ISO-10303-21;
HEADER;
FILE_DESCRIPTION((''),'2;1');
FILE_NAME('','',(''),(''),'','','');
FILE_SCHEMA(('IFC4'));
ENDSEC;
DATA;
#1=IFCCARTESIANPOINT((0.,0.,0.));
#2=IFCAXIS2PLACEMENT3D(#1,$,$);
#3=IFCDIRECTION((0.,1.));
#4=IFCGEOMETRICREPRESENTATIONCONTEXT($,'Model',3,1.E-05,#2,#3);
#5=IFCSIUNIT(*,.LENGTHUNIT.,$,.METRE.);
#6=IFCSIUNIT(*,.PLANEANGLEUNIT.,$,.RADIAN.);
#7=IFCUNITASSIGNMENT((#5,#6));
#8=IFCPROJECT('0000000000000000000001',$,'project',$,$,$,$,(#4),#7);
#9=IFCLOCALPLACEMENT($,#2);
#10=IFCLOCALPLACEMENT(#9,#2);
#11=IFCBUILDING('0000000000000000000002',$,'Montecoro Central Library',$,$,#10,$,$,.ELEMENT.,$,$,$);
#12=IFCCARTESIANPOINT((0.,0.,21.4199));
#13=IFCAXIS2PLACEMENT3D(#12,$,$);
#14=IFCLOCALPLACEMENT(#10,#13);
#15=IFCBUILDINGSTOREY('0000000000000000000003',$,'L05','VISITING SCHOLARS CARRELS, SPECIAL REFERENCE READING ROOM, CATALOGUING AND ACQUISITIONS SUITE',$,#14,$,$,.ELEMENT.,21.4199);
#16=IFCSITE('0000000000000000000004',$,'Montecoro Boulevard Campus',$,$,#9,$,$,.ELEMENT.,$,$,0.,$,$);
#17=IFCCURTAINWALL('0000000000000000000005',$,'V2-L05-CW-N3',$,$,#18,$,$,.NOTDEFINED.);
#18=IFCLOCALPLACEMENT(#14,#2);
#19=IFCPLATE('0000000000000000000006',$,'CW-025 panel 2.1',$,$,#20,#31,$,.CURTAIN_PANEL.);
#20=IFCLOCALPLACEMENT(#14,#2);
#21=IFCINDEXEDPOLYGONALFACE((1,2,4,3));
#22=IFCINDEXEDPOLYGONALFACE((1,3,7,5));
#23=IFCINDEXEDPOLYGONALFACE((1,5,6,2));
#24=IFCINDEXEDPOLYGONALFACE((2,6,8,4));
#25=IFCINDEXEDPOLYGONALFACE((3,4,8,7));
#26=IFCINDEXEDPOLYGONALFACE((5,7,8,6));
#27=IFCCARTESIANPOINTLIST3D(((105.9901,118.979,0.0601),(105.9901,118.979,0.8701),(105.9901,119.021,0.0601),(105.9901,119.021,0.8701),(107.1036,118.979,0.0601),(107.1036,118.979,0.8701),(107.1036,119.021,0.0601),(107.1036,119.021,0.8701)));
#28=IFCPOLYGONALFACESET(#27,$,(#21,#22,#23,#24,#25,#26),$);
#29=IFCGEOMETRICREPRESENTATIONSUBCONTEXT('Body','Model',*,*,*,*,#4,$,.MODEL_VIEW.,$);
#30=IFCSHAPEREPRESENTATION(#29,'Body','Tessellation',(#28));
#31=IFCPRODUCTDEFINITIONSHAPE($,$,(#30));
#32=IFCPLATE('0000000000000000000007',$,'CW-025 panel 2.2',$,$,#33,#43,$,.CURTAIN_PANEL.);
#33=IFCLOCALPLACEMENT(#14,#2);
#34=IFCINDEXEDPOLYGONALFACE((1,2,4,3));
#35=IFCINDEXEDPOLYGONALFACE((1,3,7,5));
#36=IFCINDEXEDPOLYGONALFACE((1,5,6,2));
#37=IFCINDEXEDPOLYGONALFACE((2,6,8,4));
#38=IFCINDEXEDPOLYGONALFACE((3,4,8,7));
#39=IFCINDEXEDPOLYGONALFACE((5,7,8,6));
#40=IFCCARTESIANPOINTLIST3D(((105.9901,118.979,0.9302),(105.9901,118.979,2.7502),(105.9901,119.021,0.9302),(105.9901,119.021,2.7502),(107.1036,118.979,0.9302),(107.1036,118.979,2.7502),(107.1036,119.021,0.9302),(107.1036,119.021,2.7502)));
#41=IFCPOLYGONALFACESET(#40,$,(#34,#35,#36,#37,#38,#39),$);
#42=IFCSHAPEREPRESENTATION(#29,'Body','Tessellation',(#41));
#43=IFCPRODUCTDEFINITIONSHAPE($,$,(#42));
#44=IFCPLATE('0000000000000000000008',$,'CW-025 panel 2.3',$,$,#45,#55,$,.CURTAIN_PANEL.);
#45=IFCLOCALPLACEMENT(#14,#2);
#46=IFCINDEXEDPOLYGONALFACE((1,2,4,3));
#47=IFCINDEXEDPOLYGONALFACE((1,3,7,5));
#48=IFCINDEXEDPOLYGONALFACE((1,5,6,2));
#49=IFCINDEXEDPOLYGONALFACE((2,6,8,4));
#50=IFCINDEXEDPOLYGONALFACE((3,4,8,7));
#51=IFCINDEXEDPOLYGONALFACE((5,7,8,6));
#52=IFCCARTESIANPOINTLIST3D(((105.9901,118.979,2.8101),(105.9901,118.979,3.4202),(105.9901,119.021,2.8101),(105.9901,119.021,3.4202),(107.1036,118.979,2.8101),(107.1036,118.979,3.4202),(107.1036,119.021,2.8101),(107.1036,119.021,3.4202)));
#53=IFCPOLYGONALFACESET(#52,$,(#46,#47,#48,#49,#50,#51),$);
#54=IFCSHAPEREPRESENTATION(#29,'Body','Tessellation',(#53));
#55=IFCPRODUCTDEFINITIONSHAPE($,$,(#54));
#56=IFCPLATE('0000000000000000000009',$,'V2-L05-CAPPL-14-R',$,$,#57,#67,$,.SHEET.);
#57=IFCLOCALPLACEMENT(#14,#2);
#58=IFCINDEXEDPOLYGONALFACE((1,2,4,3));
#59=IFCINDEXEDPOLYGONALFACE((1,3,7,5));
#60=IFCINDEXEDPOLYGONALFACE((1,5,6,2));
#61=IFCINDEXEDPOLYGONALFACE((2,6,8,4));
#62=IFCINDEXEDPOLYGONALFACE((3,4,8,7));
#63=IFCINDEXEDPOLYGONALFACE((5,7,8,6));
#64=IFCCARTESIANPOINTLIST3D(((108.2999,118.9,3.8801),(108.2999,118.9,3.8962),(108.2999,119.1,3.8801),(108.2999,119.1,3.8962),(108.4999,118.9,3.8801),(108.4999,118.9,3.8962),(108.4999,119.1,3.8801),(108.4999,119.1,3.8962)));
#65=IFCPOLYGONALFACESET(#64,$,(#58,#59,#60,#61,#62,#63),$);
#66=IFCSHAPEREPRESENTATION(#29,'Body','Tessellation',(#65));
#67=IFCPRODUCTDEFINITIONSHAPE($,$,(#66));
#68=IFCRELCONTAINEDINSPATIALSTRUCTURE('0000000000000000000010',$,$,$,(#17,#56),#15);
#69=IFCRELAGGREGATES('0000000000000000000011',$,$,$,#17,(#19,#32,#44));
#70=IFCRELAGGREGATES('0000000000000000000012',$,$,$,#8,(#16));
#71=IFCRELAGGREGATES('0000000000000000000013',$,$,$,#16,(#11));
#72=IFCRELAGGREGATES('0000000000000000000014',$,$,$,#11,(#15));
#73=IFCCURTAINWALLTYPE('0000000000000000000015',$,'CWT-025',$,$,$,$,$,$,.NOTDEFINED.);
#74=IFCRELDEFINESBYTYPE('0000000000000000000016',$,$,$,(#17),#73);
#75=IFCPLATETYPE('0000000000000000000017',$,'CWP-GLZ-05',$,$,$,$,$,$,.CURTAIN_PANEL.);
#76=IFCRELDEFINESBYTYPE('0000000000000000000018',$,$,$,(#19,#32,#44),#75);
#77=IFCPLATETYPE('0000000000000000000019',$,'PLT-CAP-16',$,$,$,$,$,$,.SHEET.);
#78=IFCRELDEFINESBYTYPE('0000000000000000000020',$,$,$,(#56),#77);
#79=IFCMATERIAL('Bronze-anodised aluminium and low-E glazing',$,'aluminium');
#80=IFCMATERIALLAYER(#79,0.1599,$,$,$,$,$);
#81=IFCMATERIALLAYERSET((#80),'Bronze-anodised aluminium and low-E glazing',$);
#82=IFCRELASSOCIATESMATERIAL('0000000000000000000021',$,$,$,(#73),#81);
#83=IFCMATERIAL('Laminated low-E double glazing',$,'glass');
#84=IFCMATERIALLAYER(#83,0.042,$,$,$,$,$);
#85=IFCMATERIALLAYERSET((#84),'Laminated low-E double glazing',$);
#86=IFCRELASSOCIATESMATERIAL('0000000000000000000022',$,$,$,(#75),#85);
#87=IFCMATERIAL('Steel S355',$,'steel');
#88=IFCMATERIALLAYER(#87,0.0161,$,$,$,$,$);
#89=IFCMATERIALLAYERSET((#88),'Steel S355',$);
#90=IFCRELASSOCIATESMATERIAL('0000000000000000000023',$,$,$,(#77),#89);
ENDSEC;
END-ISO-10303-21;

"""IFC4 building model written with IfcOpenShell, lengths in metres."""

from ifc_helpers import new_model, si_unit, direction, frame, origin, origin_2d, place, context, subcontext, project, spatial, rectangle, extrude, material, layer, layer_set, type_object, element, aggregate, save


model = new_model("IFC4")

# Units and contexts
model_context = context("Model", 3, precision=1e-05, world=origin(), true_north=direction((0.0, 1.0)))
body_context = subcontext(model_context, "Body", "Model", "MODEL_VIEW")
ifc_project = project(units=[si_unit("LENGTHUNIT", "METRE"), si_unit("PLANEANGLEUNIT", "RADIAN")], contexts=[model_context])

# Site, building, storey
site_placement = place(None, origin())
site = spatial("IfcSite", under=ifc_project, at=site_placement, Name="Montecoro Boulevard Campus", CompositionType="ELEMENT", RefElevation=0.0)
building_placement = place(site_placement, origin())
building = spatial("IfcBuilding", under=site, at=building_placement, Name="Montecoro Central Library", CompositionType="ELEMENT")
storey_placement = place(building_placement, frame((0.0, 0.0, 21.4199)))
storey = spatial("IfcBuildingStorey", under=building, at=storey_placement, Name="L05", Description="VISITING SCHOLARS CARRELS, SPECIAL REFERENCE READING ROOM, CATALOGUING AND ACQUISITIONS SUITE", CompositionType="ELEMENT", Elevation=21.4199)

# Shared definitions
ifc_material_1 = material(Name="Steel S355", Category="steel")

# Shared definitions
ifc_material_2 = material(Name="Bronze-anodised aluminium and low-E glazing", Category="aluminium")

# Curtain wall
ifc_layer_1 = layer(ifc_material_2, 0.1599)
ifc_layer_set_1 = layer_set([ifc_layer_1], Name="Bronze-anodised aluminium and low-E glazing")
curtain_wall_type_1 = type_object("IfcCurtainWallType", Name="CWT-025", PredefinedType="NOTDEFINED", material=ifc_layer_set_1)
curtain_wall_1_placement = place(storey_placement, origin())
curtain_wall_1 = element("IfcCurtainWall", 1, at=curtain_wall_1_placement, inside=storey, type_object=curtain_wall_type_1, Name="V2-L05-CW-N3", PredefinedType="NOTDEFINED")

# Plates
ifc_material_3 = material(Name="Laminated low-E double glazing", Category="glass")
ifc_layer_2 = layer(ifc_material_3, 0.042)
ifc_layer_set_2 = layer_set([ifc_layer_2], Name="Laminated low-E double glazing")
plate_type_1 = type_object("IfcPlateType", Name="CWP-GLZ-05", PredefinedType="CURTAIN_PANEL", material=ifc_layer_set_2)
plate_1_placement = place(storey_placement, frame((106.5469, 119.0, 0.0601), z_axis=(0.0, 0.0, 1.0), x_axis=(-1.0, 0.0, 0.0)))
plate_1 = element("IfcPlate", 2, at=plate_1_placement, type_object=plate_type_1, Name="CW-025 panel 2.1", PredefinedType="CURTAIN_PANEL", context=body_context, shape_type="SweptSolid", body=[
    extrude(rectangle(XDim=1.1135, YDim=0.042, at=origin_2d()), origin(), (0.0, 0.0, 1.0), 0.8101),
])
plate_2_placement = place(storey_placement, frame((106.5469, 119.0, 0.9302), z_axis=(0.0, 0.0, 1.0), x_axis=(-1.0, 0.0, 0.0)))
plate_2 = element("IfcPlate", 3, at=plate_2_placement, type_object=plate_type_1, Name="CW-025 panel 2.2", PredefinedType="CURTAIN_PANEL", context=body_context, shape_type="SweptSolid", body=[
    extrude(rectangle(XDim=1.1135, YDim=0.042, at=origin_2d()), origin(), (0.0, 0.0, 1.0), 1.8201),
])
plate_3_placement = place(storey_placement, frame((106.5469, 119.0, 2.8101), z_axis=(0.0, 0.0, 1.0), x_axis=(-1.0, 0.0, 0.0)))
plate_3 = element("IfcPlate", 4, at=plate_3_placement, type_object=plate_type_1, Name="CW-025 panel 2.3", PredefinedType="CURTAIN_PANEL", context=body_context, shape_type="SweptSolid", body=[
    extrude(rectangle(XDim=1.1135, YDim=0.042, at=origin_2d()), origin(), (0.0, 0.0, 1.0), 0.6101),
])
aggregate(curtain_wall_1, [plate_1, plate_2, plate_3])
ifc_layer_3 = layer(ifc_material_1, 0.0161)
ifc_layer_set_3 = layer_set([ifc_layer_3], Name="Steel S355")
plate_type_2 = type_object("IfcPlateType", Name="PLT-CAP-16", PredefinedType="SHEET", material=ifc_layer_set_3)
plate_4_placement = place(storey_placement, frame((108.3999, 119.0, 3.8801), z_axis=(0.0, 0.0, 1.0), x_axis=(1.0, 0.0, 0.0)))
element("IfcPlate", 5, at=plate_4_placement, inside=storey, type_object=plate_type_2, Name="V2-L05-CAPPL-14-R", PredefinedType="SHEET", context=body_context, shape_type="SweptSolid", body=[
    extrude(rectangle(XDim=0.2, YDim=0.2, at=origin_2d()), origin(), (0.0, 0.0, 1.0), 0.0161),
])

save(model, "model.ifc")
